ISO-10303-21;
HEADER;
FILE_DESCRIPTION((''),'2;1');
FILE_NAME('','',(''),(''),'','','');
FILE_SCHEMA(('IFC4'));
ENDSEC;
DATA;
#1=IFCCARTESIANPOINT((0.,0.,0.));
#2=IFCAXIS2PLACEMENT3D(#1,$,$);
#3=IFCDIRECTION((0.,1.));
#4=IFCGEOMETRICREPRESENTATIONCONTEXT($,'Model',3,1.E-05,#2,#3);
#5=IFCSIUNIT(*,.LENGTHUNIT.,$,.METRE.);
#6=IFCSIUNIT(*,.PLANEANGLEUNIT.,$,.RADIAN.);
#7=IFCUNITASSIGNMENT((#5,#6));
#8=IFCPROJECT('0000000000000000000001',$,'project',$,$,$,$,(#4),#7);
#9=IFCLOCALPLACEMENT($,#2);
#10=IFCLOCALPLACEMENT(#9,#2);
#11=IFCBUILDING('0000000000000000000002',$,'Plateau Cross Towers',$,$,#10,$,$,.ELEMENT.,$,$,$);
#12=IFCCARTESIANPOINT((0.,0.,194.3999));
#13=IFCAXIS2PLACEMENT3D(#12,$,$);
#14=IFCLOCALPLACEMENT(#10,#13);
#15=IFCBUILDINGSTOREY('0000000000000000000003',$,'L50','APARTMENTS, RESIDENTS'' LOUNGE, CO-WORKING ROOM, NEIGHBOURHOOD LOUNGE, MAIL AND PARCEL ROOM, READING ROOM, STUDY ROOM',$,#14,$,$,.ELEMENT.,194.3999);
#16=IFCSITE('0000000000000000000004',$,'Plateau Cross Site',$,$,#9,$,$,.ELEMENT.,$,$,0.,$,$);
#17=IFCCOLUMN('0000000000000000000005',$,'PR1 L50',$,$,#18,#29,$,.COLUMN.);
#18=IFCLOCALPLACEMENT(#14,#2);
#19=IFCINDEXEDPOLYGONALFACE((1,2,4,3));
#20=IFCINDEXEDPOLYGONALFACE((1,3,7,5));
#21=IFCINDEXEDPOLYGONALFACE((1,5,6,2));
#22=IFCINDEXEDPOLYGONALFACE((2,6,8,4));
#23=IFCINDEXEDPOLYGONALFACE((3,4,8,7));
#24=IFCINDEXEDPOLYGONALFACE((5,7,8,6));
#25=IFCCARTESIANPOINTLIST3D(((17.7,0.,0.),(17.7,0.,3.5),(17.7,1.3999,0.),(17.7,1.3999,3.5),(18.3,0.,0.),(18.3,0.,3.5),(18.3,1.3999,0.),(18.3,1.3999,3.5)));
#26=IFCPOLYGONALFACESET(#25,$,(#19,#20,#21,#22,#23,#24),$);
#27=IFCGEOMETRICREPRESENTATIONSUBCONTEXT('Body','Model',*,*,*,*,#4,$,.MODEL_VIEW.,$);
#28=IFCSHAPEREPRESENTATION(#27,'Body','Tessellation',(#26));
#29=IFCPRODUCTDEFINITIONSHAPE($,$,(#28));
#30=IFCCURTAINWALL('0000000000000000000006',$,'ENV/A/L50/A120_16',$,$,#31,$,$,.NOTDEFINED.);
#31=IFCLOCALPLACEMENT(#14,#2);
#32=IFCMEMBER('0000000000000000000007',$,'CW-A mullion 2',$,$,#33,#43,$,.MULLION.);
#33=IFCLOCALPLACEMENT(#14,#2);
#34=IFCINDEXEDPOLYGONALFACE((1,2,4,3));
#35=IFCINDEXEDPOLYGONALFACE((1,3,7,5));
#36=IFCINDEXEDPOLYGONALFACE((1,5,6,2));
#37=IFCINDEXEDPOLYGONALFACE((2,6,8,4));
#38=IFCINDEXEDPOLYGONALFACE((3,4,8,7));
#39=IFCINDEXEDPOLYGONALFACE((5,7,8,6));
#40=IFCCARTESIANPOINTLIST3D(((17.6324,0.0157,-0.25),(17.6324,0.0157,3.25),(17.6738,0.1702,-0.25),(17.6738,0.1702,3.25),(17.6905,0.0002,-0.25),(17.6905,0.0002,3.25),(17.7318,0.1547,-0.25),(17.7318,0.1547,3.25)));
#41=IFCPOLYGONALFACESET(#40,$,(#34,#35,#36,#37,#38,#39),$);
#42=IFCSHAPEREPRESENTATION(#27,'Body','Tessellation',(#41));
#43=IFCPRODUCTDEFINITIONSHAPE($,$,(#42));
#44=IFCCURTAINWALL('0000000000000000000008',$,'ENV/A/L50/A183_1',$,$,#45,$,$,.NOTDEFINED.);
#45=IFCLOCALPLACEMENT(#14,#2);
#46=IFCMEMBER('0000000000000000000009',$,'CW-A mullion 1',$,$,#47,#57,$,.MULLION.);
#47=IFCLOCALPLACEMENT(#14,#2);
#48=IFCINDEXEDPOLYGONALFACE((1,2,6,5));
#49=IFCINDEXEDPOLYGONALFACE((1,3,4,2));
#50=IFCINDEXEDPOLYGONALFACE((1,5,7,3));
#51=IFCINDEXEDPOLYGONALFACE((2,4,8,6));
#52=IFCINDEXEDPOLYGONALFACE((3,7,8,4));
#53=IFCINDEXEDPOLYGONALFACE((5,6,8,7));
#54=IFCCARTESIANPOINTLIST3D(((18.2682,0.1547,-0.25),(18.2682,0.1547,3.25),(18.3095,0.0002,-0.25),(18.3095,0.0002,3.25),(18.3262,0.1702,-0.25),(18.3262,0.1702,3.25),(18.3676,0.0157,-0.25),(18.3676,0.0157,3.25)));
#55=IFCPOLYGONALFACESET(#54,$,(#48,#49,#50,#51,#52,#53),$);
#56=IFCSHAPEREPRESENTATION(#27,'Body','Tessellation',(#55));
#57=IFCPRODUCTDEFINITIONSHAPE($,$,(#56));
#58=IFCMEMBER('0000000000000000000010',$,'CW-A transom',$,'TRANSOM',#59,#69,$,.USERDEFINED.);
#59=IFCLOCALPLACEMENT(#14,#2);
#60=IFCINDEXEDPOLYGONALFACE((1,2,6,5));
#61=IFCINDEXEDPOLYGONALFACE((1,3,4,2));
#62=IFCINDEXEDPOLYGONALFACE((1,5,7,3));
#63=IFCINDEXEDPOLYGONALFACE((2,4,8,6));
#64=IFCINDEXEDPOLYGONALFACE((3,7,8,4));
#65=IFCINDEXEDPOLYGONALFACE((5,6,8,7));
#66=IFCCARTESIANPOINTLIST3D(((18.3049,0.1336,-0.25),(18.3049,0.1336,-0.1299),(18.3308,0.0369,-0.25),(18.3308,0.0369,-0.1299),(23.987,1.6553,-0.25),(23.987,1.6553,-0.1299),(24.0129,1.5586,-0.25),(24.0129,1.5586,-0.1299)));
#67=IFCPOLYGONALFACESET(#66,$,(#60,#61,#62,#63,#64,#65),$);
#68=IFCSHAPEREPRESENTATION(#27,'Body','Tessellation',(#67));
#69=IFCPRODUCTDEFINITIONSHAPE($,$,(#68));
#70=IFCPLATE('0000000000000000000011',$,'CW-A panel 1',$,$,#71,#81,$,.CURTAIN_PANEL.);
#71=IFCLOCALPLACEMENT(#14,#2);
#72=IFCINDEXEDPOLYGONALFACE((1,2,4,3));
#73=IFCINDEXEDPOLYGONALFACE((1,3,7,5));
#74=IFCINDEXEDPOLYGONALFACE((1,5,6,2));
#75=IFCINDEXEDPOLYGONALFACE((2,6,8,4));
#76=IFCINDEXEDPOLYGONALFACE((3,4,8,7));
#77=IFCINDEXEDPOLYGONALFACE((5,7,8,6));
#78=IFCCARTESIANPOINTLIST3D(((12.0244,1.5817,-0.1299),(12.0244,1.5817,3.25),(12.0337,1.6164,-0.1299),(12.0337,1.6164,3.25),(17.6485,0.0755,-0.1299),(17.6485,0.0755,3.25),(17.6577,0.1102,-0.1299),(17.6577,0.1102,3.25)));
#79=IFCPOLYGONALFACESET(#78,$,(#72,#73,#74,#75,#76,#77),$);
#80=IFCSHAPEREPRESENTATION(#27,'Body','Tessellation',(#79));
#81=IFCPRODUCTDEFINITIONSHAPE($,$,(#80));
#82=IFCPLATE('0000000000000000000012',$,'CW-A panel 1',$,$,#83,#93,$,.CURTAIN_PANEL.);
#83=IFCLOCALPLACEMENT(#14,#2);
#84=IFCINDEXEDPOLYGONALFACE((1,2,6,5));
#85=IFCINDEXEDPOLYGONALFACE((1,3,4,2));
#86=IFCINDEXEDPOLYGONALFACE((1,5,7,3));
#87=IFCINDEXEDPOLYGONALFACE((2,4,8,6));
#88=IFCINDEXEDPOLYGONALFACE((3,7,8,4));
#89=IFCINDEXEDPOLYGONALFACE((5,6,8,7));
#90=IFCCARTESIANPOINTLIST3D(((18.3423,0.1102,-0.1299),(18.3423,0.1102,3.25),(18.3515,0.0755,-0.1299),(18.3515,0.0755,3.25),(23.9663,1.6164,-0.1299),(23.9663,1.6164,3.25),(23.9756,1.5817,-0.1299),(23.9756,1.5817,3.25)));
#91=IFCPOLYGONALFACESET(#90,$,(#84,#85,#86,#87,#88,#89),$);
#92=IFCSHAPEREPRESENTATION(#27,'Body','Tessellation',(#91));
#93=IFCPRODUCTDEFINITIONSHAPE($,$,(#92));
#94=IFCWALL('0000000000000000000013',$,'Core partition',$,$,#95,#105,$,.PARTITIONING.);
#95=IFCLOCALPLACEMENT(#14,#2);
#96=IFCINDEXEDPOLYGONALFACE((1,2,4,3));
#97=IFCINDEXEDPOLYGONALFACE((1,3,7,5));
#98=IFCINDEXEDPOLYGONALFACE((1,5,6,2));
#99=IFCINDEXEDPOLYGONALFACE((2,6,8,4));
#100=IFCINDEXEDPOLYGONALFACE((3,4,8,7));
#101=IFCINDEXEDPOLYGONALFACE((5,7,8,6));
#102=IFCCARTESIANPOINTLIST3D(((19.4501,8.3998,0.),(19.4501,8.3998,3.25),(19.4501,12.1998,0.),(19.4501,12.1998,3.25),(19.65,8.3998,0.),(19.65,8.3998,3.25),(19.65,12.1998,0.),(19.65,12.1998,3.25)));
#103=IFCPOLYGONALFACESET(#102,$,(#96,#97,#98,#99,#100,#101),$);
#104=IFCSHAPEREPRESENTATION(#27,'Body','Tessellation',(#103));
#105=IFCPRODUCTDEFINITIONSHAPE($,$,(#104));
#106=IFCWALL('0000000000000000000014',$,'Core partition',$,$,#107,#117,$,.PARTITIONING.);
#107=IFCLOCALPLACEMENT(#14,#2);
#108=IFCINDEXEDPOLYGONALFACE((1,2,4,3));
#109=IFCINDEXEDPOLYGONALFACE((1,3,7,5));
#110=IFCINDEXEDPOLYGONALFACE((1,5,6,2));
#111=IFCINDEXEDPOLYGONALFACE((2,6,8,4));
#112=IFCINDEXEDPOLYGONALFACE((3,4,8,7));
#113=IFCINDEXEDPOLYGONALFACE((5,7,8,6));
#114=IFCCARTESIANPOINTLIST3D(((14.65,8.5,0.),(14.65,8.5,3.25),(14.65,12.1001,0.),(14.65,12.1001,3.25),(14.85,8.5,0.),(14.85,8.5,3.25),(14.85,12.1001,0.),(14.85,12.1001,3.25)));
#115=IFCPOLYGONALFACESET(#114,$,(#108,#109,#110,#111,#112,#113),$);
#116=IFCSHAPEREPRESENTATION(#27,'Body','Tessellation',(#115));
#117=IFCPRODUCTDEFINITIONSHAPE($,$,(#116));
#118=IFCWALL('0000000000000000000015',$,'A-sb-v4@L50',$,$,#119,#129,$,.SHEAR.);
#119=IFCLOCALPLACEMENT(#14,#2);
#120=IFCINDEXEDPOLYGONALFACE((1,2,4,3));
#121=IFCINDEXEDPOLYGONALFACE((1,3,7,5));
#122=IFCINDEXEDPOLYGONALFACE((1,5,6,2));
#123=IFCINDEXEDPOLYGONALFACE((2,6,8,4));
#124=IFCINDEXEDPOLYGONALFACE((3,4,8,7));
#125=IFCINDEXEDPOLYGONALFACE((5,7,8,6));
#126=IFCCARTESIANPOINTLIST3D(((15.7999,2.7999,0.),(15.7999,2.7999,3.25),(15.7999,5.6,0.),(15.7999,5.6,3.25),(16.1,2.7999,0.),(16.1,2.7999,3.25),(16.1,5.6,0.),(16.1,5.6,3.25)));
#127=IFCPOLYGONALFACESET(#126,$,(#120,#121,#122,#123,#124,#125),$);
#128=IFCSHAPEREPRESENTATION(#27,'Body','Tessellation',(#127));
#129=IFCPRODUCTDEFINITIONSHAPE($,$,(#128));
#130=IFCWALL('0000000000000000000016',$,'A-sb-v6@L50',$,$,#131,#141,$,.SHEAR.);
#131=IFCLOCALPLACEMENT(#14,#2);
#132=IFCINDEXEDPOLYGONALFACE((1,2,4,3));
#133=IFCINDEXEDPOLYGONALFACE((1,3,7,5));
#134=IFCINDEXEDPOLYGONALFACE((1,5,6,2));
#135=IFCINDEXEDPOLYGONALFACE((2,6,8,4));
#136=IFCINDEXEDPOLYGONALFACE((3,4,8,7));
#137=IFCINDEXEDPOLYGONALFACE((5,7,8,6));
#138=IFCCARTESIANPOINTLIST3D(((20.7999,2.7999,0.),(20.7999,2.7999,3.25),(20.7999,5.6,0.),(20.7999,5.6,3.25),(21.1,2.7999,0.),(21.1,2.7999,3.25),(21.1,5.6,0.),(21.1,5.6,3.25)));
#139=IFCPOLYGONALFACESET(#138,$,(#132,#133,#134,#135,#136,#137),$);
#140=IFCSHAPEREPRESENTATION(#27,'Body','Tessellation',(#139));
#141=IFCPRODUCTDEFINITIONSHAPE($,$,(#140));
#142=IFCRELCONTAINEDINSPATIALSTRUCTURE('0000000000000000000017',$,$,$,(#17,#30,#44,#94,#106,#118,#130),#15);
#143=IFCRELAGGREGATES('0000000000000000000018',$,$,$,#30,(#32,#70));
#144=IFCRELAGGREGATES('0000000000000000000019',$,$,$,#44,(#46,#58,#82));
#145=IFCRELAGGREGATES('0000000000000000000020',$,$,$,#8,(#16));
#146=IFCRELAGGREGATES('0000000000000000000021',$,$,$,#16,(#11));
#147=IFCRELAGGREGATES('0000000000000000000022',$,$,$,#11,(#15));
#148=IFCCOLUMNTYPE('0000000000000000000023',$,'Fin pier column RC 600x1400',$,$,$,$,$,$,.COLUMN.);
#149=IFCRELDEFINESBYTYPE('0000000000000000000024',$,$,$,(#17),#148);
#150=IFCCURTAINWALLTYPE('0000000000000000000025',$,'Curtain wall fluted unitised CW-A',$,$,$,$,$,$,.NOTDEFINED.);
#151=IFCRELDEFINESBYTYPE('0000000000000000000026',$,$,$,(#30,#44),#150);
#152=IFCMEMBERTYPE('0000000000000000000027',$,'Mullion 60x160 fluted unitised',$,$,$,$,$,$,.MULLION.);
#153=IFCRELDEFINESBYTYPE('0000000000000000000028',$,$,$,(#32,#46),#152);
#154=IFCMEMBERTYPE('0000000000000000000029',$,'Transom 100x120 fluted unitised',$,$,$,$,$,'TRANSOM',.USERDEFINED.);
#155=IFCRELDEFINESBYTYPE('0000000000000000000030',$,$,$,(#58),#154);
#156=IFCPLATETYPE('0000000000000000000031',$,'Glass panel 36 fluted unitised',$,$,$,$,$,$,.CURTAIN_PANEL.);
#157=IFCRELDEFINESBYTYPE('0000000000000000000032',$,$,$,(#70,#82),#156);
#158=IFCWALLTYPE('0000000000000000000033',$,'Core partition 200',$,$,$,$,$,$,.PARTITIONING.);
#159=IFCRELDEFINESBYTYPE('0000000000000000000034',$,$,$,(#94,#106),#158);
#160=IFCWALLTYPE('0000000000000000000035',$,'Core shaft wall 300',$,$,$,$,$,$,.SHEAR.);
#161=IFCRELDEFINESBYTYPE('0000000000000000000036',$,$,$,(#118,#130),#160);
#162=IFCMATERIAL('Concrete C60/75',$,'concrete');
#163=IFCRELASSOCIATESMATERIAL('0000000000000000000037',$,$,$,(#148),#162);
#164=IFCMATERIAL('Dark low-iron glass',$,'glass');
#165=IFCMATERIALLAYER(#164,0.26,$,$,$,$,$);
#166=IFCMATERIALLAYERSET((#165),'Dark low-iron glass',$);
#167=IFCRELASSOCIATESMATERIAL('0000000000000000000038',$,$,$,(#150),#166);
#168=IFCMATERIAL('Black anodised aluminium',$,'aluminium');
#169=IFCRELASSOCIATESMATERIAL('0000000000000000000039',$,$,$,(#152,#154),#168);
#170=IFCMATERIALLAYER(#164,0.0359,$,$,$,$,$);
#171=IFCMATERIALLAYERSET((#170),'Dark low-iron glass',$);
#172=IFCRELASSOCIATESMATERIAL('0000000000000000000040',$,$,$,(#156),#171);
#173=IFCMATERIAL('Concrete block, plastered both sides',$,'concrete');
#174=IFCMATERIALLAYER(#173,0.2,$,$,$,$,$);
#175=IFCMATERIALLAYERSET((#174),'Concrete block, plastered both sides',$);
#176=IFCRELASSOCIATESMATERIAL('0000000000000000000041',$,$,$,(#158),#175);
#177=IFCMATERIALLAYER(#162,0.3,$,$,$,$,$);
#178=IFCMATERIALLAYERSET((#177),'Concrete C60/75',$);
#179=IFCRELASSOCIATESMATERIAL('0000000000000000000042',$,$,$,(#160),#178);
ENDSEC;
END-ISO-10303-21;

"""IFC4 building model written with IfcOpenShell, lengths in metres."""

from ifc_helpers import new_model, si_unit, direction, frame, frame_2d, origin, origin_2d, place, context, subcontext, project, spatial, rectangle, extrude, material, layer, layer_set, material_profile, profile_set, type_object, element, aggregate, save


model = new_model("IFC4")

# Units and contexts
model_context = context("Model", 3, precision=1e-05, world=origin(), true_north=direction((0.0, 1.0)))
body_context = subcontext(model_context, "Body", "Model", "MODEL_VIEW")
ifc_project = project(units=[si_unit("LENGTHUNIT", "METRE"), si_unit("PLANEANGLEUNIT", "RADIAN")], contexts=[model_context])

# Site, building, storey
site_placement = place(None, origin())
site = spatial("IfcSite", under=ifc_project, at=site_placement, Name="Plateau Cross Site", CompositionType="ELEMENT", RefElevation=0.0)
building_placement = place(site_placement, origin())
building = spatial("IfcBuilding", under=site, at=building_placement, Name="Plateau Cross Towers", CompositionType="ELEMENT")
storey_placement = place(building_placement, frame((0.0, 0.0, 194.3999)))
storey = spatial("IfcBuildingStorey", under=building, at=storey_placement, Name="L50", Description="APARTMENTS, RESIDENTS' LOUNGE, CO-WORKING ROOM, NEIGHBOURHOOD LOUNGE, MAIL AND PARCEL ROOM, READING ROOM, STUDY ROOM", CompositionType="ELEMENT", Elevation=194.3999)

# Column
ifc_material_1 = material(Name="Concrete C60/75", Category="concrete")
ifc_material_profile_1 = material_profile(ifc_material_1, rectangle(XDim=0.6001, YDim=1.3999, at=origin_2d()), Name="RC 600x1400")
ifc_profile_set_1 = profile_set([ifc_material_profile_1], Name="Concrete C60/75")
column_type = type_object("IfcColumnType", Name="Fin pier column RC 600x1400", PredefinedType="COLUMN", material=ifc_profile_set_1)
column_placement = place(storey_placement, frame((18.0, 0.7, 0.0), z_axis=(0.0, 0.0, 1.0), x_axis=(1.0, 0.0, 0.0)))
element("IfcColumn", 1, at=column_placement, inside=storey, type_object=column_type, Name="PR1 L50", PredefinedType="COLUMN", context=body_context, shape_type="SweptSolid", body=[
    extrude(rectangle(XDim=0.6001, YDim=1.3999, at=origin_2d()), origin(), (0.0, 0.0, 1.0), 3.5),
])

# Curtain wall, member
ifc_material_2 = material(Name="Dark low-iron glass", Category="glass")
ifc_layer_1 = layer(ifc_material_2, 0.26)
ifc_layer_set_1 = layer_set([ifc_layer_1], Name="Dark low-iron glass")
curtain_wall_type = type_object("IfcCurtainWallType", Name="Curtain wall fluted unitised CW-A", PredefinedType="NOTDEFINED", material=ifc_layer_set_1)
curtain_wall_1_placement = place(storey_placement, origin())
curtain_wall_1 = element("IfcCurtainWall", 2, at=curtain_wall_1_placement, inside=storey, type_object=curtain_wall_type, Name="ENV/A/L50/A120_16", PredefinedType="NOTDEFINED")
ifc_material_3 = material(Name="Black anodised aluminium", Category="aluminium")
ifc_material_profile_2 = material_profile(ifc_material_3, rectangle(XDim=0.0601, YDim=0.1599, at=origin_2d()), Name="MULLION 60x160")
ifc_profile_set_2 = profile_set([ifc_material_profile_2], Name="Black anodised aluminium")
member_type_1 = type_object("IfcMemberType", Name="Mullion 60x160 fluted unitised", PredefinedType="MULLION", material=ifc_profile_set_2)
member_1_placement = place(storey_placement, frame((17.6821, 0.0852, -0.25), z_axis=(0.0, 0.0, 1.0), x_axis=(0.965958, -0.258699, 0.0)))
member_1 = element("IfcMember", 3, at=member_1_placement, type_object=member_type_1, Name="CW-A mullion 2", PredefinedType="MULLION", context=body_context, shape_type="SweptSolid", body=[
    extrude(rectangle(XDim=0.0601, YDim=0.1599, at=origin_2d()), origin(), (0.0, 0.0, 1.0), 3.5),
])

# Curtain wall, members
curtain_wall_2_placement = place(storey_placement, origin())
curtain_wall_2 = element("IfcCurtainWall", 4, at=curtain_wall_2_placement, inside=storey, type_object=curtain_wall_type, Name="ENV/A/L50/A183_1", PredefinedType="NOTDEFINED")
member_2_placement = place(storey_placement, frame((18.3179, 0.0852, -0.25), z_axis=(0.0, 0.0, 1.0), x_axis=(0.965958, 0.258699, 0.0)))
member_2 = element("IfcMember", 5, at=member_2_placement, type_object=member_type_1, Name="CW-A mullion 1", PredefinedType="MULLION", context=body_context, shape_type="SweptSolid", body=[
    extrude(rectangle(XDim=0.0601, YDim=0.1599, at=origin_2d()), origin(), (0.0, 0.0, 1.0), 3.5),
])
ifc_material_profile_3 = material_profile(ifc_material_3, rectangle(XDim=0.1001, YDim=0.1201, at=origin_2d()), Name="TRANSOM 100x120")
ifc_profile_set_3 = profile_set([ifc_material_profile_3], Name="Black anodised aluminium")
member_type_2 = type_object("IfcMemberType", Name="Transom 100x120 fluted unitised", ElementType="TRANSOM", PredefinedType="USERDEFINED", material=ifc_profile_set_3)
member_3_placement = place(storey_placement, frame((18.3179, 0.0852, -0.1899), z_axis=(0.96596, 0.258693, 0.0), x_axis=(-0.258693, 0.96596, 0.0)))
member_3 = element("IfcMember", 6, at=member_3_placement, type_object=member_type_2, Name="CW-A transom", ObjectType="TRANSOM", PredefinedType="USERDEFINED", context=body_context, shape_type="SweptSolid", body=[
    extrude(rectangle(XDim=0.1001, YDim=0.1201, at=origin_2d()), origin(), (0.0, 0.0, 1.0), 5.8823),
])

# Plates
ifc_layer_2 = layer(ifc_material_2, 0.0359)
ifc_layer_set_2 = layer_set([ifc_layer_2], Name="Dark low-iron glass")
plate_type = type_object("IfcPlateType", Name="Glass panel 36 fluted unitised", PredefinedType="CURTAIN_PANEL", material=ifc_layer_set_2)
plate_1_placement = place(storey_placement, frame((14.8411, 0.8459, -0.1299), z_axis=(0.0, 0.0, 1.0), x_axis=(0.965958, -0.258699, 0.0)))
plate_1 = element("IfcPlate", 7, at=plate_1_placement, type_object=plate_type, Name="CW-A panel 1", PredefinedType="CURTAIN_PANEL", context=body_context, shape_type="SweptSolid", body=[
    extrude(rectangle(XDim=5.8223, YDim=0.0359, at=origin_2d()), origin(), (0.0, 0.0, 1.0), 3.3799),
])
aggregate(curtain_wall_1, [member_1, plate_1])
plate_2_placement = place(storey_placement, frame((21.1589, 0.8459, -0.1299), z_axis=(0.0, 0.0, 1.0), x_axis=(0.965958, 0.258699, 0.0)))
plate_2 = element("IfcPlate", 8, at=plate_2_placement, type_object=plate_type, Name="CW-A panel 1", PredefinedType="CURTAIN_PANEL", context=body_context, shape_type="SweptSolid", body=[
    extrude(rectangle(XDim=5.8223, YDim=0.0359, at=origin_2d()), origin(), (0.0, 0.0, 1.0), 3.3799),
])
aggregate(curtain_wall_2, [member_2, member_3, plate_2])

# Walls
ifc_material_4 = material(Name="Concrete block, plastered both sides", Category="concrete")
ifc_layer_3 = layer(ifc_material_4, 0.2)
ifc_layer_set_3 = layer_set([ifc_layer_3], Name="Concrete block, plastered both sides")
wall_type_1 = type_object("IfcWallType", Name="Core partition 200", PredefinedType="PARTITIONING", material=ifc_layer_set_3)
wall_1_placement = place(storey_placement, frame((19.55, 8.3999, 0.0), z_axis=(0.0, 0.0, 1.0), x_axis=(0.0, 1.0, 0.0)))
element("IfcWall", 9, at=wall_1_placement, inside=storey, type_object=wall_type_1, Name="Core partition", PredefinedType="PARTITIONING", context=body_context, shape_type="SweptSolid", body=[
    extrude(rectangle(XDim=3.8, YDim=0.2, at=frame_2d((1.8999, 0.0))), origin(), (0.0, 0.0, 1.0), 3.25),
])
wall_2_placement = place(storey_placement, frame((14.75, 8.5, 0.0), z_axis=(0.0, 0.0, 1.0), x_axis=(0.0, 1.0, 0.0)))
element("IfcWall", 10, at=wall_2_placement, inside=storey, type_object=wall_type_1, Name="Core partition", PredefinedType="PARTITIONING", context=body_context, shape_type="SweptSolid", body=[
    extrude(rectangle(XDim=3.6001, YDim=0.2, at=frame_2d((1.8, 0.0))), origin(), (0.0, 0.0, 1.0), 3.25),
])
ifc_layer_4 = layer(ifc_material_1, 0.3)
ifc_layer_set_4 = layer_set([ifc_layer_4], Name="Concrete C60/75")
wall_type_2 = type_object("IfcWallType", Name="Core shaft wall 300", PredefinedType="SHEAR", material=ifc_layer_set_4)
for number, where, z_axis, x_axis, name in (
    (11, (15.95, 2.8, 0.0), (0.0, 0.0, 1.0), (0.0, 1.0, 0.0), "A-sb-v4@L50"),
    (12, (20.95, 2.8, 0.0), (0.0, 0.0, 1.0), (0.0, 1.0, 0.0), "A-sb-v6@L50"),
):
    element("IfcWall", number, at=place(storey_placement, frame(where, z_axis=z_axis, x_axis=x_axis)), inside=storey, type_object=wall_type_2, Name=name, PredefinedType="SHEAR", context=body_context, shape_type="SweptSolid", body=[
        extrude(rectangle(XDim=2.8, YDim=0.3, at=frame_2d((1.3999, 0.0))), origin(), (0.0, 0.0, 1.0), 3.25),
    ])

save(model, "model.ifc")
